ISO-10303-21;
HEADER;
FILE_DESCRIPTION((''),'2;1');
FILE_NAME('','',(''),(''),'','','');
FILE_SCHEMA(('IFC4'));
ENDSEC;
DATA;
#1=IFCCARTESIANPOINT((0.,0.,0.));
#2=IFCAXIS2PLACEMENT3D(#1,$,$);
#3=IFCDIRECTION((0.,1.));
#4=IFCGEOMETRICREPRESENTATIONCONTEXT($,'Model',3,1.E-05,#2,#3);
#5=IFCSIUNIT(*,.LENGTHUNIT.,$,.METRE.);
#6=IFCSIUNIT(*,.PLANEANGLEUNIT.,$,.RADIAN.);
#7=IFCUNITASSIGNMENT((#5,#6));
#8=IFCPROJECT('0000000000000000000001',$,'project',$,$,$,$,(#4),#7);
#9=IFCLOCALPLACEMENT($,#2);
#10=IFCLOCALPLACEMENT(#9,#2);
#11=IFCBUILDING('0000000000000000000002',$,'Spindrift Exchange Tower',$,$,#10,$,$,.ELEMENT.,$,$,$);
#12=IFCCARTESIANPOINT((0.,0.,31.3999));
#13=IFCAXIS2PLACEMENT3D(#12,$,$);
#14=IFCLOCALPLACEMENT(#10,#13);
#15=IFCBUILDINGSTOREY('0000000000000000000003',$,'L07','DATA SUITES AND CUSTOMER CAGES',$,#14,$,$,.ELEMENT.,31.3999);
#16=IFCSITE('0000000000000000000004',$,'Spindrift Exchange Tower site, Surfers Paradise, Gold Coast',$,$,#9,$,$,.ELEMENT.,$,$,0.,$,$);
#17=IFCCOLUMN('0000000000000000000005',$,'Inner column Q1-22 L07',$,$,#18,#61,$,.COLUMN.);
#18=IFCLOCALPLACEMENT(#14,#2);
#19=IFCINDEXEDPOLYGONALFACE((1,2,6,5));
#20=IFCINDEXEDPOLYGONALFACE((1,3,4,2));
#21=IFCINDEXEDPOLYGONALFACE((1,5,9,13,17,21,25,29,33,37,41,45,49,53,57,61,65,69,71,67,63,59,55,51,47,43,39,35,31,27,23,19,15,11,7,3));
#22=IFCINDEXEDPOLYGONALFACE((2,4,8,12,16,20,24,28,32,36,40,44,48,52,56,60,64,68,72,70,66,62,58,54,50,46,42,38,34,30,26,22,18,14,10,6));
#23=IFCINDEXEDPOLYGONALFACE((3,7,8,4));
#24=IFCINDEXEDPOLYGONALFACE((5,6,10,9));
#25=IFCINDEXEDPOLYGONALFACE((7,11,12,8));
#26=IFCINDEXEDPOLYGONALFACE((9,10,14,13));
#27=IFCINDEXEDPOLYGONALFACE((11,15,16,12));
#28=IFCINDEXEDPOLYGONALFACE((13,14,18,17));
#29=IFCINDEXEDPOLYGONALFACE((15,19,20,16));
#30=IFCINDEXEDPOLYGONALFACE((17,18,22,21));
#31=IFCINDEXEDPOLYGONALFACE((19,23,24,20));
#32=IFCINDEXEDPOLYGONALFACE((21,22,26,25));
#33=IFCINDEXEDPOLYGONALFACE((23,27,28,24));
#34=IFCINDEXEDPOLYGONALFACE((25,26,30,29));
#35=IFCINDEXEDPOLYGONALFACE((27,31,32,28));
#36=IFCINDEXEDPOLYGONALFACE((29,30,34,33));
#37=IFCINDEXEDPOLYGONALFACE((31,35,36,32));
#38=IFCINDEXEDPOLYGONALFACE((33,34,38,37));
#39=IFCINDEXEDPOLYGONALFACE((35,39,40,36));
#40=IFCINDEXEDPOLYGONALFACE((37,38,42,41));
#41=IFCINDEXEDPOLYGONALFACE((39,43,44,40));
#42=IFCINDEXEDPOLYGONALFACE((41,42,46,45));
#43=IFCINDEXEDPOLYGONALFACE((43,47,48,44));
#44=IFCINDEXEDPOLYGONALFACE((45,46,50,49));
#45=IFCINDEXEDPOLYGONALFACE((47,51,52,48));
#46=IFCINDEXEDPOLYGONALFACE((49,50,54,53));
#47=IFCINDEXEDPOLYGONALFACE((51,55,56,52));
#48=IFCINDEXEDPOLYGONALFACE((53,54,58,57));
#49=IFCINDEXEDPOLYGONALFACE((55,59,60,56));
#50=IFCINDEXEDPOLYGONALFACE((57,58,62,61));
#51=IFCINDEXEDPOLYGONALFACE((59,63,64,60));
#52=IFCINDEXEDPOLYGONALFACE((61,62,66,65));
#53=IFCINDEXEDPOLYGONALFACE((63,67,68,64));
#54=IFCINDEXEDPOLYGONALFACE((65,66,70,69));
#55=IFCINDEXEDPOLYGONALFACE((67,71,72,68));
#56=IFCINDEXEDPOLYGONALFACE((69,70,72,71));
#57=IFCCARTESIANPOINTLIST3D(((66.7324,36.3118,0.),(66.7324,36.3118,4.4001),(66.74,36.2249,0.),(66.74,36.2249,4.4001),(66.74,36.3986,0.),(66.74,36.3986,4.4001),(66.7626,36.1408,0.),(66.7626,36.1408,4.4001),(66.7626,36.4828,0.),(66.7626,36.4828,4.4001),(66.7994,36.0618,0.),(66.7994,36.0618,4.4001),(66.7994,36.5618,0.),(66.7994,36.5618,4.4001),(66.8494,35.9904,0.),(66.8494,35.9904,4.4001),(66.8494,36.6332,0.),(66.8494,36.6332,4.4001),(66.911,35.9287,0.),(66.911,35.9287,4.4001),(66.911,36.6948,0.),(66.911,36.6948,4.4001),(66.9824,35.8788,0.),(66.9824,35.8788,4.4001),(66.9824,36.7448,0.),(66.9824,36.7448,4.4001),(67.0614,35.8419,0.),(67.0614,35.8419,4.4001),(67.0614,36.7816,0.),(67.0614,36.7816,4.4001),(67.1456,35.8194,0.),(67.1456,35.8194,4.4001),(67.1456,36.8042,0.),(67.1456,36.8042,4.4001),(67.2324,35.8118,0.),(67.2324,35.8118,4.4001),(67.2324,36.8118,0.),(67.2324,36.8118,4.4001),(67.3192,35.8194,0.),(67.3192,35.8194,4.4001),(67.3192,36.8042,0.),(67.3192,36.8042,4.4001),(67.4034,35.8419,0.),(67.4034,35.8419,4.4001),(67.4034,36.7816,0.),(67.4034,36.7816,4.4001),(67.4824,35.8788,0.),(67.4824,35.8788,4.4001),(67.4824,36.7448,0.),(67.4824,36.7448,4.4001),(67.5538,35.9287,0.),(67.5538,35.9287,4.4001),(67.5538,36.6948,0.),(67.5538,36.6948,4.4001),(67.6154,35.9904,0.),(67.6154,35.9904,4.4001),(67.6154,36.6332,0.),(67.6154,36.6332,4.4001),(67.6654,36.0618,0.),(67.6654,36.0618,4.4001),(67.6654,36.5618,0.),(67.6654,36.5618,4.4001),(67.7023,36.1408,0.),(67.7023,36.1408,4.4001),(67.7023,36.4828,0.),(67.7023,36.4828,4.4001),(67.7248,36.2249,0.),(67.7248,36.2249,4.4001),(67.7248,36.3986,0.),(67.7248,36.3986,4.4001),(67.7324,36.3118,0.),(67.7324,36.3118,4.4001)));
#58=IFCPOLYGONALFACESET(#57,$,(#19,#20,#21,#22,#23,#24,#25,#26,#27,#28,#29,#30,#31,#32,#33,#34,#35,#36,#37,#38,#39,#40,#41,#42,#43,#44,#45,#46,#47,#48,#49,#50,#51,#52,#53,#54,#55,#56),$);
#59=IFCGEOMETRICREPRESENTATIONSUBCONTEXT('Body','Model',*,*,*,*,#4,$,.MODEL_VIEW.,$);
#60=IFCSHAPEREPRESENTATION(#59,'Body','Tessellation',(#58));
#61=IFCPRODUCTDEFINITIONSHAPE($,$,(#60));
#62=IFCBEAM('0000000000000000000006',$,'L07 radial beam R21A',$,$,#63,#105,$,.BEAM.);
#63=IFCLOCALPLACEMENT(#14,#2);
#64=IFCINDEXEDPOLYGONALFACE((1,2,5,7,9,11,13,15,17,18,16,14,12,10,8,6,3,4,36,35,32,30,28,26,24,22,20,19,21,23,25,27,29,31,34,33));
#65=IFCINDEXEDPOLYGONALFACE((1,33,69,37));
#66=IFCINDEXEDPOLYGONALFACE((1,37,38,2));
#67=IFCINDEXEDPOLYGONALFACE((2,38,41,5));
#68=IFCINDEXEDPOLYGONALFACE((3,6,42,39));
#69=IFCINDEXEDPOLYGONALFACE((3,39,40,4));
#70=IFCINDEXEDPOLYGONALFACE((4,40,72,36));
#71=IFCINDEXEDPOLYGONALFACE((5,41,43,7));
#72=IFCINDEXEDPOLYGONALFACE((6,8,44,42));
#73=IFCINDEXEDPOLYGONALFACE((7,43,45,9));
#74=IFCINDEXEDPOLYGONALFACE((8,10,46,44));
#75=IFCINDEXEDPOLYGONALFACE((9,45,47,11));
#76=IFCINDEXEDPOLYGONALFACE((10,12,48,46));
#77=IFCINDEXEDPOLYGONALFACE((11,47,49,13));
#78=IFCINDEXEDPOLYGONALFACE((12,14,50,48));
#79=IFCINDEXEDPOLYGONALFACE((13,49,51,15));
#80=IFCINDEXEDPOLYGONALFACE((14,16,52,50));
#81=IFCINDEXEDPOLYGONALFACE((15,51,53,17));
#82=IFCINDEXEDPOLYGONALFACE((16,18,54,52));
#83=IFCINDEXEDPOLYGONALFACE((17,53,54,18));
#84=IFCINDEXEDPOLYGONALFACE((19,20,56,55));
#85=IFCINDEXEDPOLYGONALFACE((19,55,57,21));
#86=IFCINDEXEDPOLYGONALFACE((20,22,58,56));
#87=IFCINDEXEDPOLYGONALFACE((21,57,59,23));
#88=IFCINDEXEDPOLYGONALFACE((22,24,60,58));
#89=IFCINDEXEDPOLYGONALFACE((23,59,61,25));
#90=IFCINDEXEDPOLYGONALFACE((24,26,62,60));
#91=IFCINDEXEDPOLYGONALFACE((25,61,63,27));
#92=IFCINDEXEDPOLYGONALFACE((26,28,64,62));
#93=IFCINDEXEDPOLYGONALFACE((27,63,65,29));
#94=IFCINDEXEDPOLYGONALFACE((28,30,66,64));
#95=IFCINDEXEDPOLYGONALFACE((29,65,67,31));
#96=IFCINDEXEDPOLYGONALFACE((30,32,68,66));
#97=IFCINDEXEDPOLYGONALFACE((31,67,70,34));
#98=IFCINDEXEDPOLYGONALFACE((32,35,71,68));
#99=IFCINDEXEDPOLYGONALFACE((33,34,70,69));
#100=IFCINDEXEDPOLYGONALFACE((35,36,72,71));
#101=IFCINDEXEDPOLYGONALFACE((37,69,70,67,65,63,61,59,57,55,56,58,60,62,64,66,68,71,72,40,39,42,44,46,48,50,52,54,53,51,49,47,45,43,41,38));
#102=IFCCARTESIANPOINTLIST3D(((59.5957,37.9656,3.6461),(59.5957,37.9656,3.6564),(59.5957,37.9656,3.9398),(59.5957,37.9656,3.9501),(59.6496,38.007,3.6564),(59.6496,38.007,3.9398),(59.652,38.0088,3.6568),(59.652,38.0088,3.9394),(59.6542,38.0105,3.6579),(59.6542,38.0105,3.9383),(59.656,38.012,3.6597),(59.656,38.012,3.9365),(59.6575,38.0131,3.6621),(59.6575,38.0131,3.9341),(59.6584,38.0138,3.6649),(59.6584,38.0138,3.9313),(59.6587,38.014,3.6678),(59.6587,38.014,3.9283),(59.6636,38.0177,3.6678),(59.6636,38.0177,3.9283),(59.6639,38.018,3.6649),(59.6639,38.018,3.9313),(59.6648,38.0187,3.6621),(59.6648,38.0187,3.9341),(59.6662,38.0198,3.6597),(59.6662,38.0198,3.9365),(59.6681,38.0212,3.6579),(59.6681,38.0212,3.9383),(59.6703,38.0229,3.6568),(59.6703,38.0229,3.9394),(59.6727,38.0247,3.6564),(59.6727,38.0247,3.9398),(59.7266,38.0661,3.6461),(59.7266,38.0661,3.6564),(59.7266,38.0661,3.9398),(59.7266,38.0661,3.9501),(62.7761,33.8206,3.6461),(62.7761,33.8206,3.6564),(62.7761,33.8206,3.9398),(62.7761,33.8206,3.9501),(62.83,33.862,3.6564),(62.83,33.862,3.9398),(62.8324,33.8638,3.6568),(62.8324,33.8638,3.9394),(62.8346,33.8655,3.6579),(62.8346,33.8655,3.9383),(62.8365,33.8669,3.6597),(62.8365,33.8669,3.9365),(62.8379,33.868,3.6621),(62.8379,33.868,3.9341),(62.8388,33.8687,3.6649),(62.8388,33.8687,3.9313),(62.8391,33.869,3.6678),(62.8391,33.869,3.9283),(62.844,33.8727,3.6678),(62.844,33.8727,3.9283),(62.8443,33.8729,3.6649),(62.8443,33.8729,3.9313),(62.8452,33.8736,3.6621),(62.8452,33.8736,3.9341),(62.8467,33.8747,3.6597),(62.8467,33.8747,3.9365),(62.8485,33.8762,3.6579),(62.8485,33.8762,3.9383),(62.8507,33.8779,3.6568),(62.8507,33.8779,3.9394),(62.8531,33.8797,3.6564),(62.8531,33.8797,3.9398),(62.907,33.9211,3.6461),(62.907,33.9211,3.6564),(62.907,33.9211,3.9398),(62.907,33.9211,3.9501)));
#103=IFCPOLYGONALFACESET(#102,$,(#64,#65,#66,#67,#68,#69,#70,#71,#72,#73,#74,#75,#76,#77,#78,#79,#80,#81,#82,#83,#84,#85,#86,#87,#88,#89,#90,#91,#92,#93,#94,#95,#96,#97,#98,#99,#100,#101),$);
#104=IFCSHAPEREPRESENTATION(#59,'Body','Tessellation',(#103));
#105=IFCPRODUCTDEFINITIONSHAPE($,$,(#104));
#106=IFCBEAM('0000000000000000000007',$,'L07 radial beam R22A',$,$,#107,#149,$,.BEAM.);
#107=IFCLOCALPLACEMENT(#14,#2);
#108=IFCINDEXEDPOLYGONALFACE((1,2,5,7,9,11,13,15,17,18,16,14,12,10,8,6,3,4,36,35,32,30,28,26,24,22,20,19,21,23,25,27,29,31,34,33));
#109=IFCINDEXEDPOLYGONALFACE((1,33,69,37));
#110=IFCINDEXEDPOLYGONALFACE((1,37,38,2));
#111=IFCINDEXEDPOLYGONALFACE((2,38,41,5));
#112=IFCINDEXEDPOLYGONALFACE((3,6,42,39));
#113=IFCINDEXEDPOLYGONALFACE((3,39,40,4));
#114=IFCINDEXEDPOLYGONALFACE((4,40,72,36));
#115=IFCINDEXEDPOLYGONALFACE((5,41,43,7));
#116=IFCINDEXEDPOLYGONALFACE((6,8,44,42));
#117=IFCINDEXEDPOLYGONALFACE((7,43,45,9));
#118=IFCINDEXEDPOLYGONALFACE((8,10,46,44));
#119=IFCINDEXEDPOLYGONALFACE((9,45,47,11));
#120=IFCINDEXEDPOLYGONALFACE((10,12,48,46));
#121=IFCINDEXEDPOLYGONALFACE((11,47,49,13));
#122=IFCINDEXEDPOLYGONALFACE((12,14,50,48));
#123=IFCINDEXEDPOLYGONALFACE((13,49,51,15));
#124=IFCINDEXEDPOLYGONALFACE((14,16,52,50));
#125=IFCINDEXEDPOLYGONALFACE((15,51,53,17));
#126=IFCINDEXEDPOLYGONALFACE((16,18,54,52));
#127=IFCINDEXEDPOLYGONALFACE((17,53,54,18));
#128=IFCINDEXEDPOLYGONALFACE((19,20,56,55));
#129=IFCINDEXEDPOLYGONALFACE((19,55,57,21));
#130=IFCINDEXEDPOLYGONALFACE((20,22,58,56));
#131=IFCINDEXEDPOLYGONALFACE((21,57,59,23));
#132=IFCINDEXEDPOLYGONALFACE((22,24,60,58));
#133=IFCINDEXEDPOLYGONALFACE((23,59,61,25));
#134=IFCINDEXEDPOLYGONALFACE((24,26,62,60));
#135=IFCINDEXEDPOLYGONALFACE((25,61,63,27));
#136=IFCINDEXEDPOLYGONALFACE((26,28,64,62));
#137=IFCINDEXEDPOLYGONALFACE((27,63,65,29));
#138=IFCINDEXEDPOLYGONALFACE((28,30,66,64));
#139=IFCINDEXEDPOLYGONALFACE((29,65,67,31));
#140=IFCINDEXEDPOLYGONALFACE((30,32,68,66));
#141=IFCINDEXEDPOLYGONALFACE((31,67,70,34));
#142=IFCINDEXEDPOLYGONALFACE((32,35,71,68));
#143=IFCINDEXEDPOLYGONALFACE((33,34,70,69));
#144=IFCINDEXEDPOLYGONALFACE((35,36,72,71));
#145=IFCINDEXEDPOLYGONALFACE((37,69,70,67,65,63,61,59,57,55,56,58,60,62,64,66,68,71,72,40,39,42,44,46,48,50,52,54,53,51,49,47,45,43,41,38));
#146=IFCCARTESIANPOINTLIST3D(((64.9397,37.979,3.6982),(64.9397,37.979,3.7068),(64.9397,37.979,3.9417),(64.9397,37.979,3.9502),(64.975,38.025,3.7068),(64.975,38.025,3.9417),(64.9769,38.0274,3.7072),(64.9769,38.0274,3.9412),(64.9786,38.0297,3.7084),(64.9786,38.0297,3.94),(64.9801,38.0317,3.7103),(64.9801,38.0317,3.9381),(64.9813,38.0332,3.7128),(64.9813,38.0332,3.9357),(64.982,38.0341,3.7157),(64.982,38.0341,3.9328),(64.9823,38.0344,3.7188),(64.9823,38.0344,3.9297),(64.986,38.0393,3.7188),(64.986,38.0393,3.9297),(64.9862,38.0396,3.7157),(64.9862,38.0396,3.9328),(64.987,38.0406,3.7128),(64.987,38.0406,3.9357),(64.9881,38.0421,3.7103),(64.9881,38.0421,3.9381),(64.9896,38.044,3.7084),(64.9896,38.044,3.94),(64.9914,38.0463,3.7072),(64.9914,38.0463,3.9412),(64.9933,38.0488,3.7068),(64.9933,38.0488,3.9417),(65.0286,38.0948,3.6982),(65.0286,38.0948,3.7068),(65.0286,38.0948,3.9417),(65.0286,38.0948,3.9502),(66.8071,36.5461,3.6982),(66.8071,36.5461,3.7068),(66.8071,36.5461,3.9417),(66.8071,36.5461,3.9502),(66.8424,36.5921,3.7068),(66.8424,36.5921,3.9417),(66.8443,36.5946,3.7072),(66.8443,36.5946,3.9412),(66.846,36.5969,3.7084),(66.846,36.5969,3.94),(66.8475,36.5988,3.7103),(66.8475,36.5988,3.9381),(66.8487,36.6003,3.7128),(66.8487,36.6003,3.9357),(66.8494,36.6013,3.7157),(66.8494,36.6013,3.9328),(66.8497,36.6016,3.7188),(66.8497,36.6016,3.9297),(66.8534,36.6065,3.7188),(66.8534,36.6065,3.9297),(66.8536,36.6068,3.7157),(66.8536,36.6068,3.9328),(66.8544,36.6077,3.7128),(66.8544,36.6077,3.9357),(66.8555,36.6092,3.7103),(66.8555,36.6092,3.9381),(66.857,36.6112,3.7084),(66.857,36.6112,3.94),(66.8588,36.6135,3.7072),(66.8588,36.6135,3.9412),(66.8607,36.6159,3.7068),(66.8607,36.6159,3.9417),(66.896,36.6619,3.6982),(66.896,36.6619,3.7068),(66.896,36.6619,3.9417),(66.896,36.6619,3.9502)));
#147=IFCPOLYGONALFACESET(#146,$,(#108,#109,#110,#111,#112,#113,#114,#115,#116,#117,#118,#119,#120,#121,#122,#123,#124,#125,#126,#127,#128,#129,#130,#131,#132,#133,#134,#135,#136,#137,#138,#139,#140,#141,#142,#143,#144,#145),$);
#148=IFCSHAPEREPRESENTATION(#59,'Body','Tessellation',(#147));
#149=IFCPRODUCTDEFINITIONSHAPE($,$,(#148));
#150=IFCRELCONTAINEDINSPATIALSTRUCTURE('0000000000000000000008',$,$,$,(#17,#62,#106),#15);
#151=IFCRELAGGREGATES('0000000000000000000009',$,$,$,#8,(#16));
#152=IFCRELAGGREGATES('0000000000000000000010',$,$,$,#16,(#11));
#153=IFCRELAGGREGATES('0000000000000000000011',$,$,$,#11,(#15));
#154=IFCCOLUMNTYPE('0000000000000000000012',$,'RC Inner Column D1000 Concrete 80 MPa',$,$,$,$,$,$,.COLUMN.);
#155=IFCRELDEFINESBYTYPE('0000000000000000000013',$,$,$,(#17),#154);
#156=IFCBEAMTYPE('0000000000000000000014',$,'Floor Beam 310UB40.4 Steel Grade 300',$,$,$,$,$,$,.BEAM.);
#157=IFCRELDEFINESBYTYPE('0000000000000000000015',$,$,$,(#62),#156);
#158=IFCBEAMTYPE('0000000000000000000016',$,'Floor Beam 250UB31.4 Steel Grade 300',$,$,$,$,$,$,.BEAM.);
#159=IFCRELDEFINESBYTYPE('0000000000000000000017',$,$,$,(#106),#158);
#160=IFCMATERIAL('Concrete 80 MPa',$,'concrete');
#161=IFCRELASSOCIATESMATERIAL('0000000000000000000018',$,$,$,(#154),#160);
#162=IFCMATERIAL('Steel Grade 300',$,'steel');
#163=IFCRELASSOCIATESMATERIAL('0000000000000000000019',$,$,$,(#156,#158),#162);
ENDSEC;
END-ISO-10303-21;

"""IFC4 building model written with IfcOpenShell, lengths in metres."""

from ifc_helpers import new_model, si_unit, direction, frame, origin, origin_2d, place, context, subcontext, project, spatial, circle, i_section, extrude, source, transform, mapped, material, material_profile, profile_set, type_object, element, save


model = new_model("IFC4")

# Units and contexts
model_context = context("Model", 3, precision=1e-05, world=origin(), true_north=direction((0.0, 1.0)))
body_context = subcontext(model_context, "Body", "Model", "MODEL_VIEW")
ifc_project = project(units=[si_unit("LENGTHUNIT", "METRE"), si_unit("PLANEANGLEUNIT", "RADIAN")], contexts=[model_context])

# Site, building, storey
site_placement = place(None, origin())
site = spatial("IfcSite", under=ifc_project, at=site_placement, Name="Spindrift Exchange Tower site, Surfers Paradise, Gold Coast", CompositionType="ELEMENT", RefElevation=0.0)
building_placement = place(site_placement, origin())
building = spatial("IfcBuilding", under=site, at=building_placement, Name="Spindrift Exchange Tower", CompositionType="ELEMENT")
storey_placement = place(building_placement, frame((0.0, 0.0, 31.3999)))
storey = spatial("IfcBuildingStorey", under=building, at=storey_placement, Name="L07", Description="DATA SUITES AND CUSTOMER CAGES", CompositionType="ELEMENT", Elevation=31.3999)

# Column
ifc_material_1 = material(Name="Concrete 80 MPa", Category="concrete")
ifc_material_profile_1 = material_profile(ifc_material_1, circle(Radius=0.5, at=origin_2d()), Name="RC D1000")
ifc_profile_set_1 = profile_set([ifc_material_profile_1], Name="Concrete 80 MPa")
column_type = type_object("IfcColumnType", Name="RC Inner Column D1000 Concrete 80 MPa", PredefinedType="COLUMN", material=ifc_profile_set_1)
shared_shape_1 = source(origin(), body_context, "Body", "SweptSolid", [
    extrude(circle(Radius=0.5, at=origin_2d()), origin(), (0.0, 0.0, 1.0), 4.4001),
])
column_placement = place(storey_placement, frame((67.2324, 36.3118, 0.0), z_axis=(0.0, 0.0, 1.0), x_axis=(1.0, 0.0, 0.0)))
element("IfcColumn", 1, at=column_placement, inside=storey, type_object=column_type, Name="Inner column Q1-22 L07", PredefinedType="COLUMN", context=body_context, shape_type="MappedRepresentation", body=[
    mapped(shared_shape_1, transform((0.0, 0.0, 0.0), scale=1.0)),
])

# Beams
ifc_material_2 = material(Name="Steel Grade 300", Category="steel")
ifc_material_profile_2 = material_profile(ifc_material_2, i_section(OverallWidth=0.165, OverallDepth=0.304, WebThickness=0.0061, FlangeThickness=0.0103, FilletRadius=0.0115, at=origin_2d()), Name="310UB40.4")
ifc_profile_set_2 = profile_set([ifc_material_profile_2], Name="Steel Grade 300")
beam_type_1 = type_object("IfcBeamType", Name="Floor Beam 310UB40.4 Steel Grade 300", PredefinedType="BEAM", material=ifc_profile_set_2)
shared_shape_2 = source(origin(), body_context, "Body", "SweptSolid", [
    extrude(i_section(OverallWidth=0.165, OverallDepth=0.304, WebThickness=0.0061, FlangeThickness=0.0103, FilletRadius=0.0115, at=origin_2d()), origin(), (0.0, 0.0, 1.0), 5.2246),
])
beam_1_placement = place(storey_placement, frame((59.6611, 38.0159, 3.7981), z_axis=(0.608741, -0.793369, 0.0), x_axis=(0.793369, 0.608741, 0.0)))
element("IfcBeam", 2, at=beam_1_placement, inside=storey, type_object=beam_type_1, Name="L07 radial beam R21A", PredefinedType="BEAM", context=body_context, shape_type="MappedRepresentation", body=[
    mapped(shared_shape_2, transform((0.0, 0.0, 0.0), scale=1.0)),
])
ifc_material_profile_3 = material_profile(ifc_material_2, i_section(OverallWidth=0.146, OverallDepth=0.252, WebThickness=0.0061, FlangeThickness=0.0085, FilletRadius=0.012, at=origin_2d()), Name="250UB31.4")
ifc_profile_set_3 = profile_set([ifc_material_profile_3], Name="Steel Grade 300")
beam_type_2 = type_object("IfcBeamType", Name="Floor Beam 250UB31.4 Steel Grade 300", PredefinedType="BEAM", material=ifc_profile_set_3)
shared_shape_3 = source(origin(), body_context, "Body", "SweptSolid", [
    extrude(i_section(OverallWidth=0.146, OverallDepth=0.252, WebThickness=0.0061, FlangeThickness=0.0085, FilletRadius=0.012, at=origin_2d()), origin(), (0.0, 0.0, 1.0), 2.3538),
])
beam_2_placement = place(storey_placement, frame((64.9841, 38.0369, 3.8242), z_axis=(0.793368, -0.608743, 0.0), x_axis=(0.608743, 0.793368, 0.0)))
element("IfcBeam", 3, at=beam_2_placement, inside=storey, type_object=beam_type_2, Name="L07 radial beam R22A", PredefinedType="BEAM", context=body_context, shape_type="MappedRepresentation", body=[
    mapped(shared_shape_3, transform((0.0, 0.0, 0.0), scale=1.0)),
])

save(model, "model.ifc")
